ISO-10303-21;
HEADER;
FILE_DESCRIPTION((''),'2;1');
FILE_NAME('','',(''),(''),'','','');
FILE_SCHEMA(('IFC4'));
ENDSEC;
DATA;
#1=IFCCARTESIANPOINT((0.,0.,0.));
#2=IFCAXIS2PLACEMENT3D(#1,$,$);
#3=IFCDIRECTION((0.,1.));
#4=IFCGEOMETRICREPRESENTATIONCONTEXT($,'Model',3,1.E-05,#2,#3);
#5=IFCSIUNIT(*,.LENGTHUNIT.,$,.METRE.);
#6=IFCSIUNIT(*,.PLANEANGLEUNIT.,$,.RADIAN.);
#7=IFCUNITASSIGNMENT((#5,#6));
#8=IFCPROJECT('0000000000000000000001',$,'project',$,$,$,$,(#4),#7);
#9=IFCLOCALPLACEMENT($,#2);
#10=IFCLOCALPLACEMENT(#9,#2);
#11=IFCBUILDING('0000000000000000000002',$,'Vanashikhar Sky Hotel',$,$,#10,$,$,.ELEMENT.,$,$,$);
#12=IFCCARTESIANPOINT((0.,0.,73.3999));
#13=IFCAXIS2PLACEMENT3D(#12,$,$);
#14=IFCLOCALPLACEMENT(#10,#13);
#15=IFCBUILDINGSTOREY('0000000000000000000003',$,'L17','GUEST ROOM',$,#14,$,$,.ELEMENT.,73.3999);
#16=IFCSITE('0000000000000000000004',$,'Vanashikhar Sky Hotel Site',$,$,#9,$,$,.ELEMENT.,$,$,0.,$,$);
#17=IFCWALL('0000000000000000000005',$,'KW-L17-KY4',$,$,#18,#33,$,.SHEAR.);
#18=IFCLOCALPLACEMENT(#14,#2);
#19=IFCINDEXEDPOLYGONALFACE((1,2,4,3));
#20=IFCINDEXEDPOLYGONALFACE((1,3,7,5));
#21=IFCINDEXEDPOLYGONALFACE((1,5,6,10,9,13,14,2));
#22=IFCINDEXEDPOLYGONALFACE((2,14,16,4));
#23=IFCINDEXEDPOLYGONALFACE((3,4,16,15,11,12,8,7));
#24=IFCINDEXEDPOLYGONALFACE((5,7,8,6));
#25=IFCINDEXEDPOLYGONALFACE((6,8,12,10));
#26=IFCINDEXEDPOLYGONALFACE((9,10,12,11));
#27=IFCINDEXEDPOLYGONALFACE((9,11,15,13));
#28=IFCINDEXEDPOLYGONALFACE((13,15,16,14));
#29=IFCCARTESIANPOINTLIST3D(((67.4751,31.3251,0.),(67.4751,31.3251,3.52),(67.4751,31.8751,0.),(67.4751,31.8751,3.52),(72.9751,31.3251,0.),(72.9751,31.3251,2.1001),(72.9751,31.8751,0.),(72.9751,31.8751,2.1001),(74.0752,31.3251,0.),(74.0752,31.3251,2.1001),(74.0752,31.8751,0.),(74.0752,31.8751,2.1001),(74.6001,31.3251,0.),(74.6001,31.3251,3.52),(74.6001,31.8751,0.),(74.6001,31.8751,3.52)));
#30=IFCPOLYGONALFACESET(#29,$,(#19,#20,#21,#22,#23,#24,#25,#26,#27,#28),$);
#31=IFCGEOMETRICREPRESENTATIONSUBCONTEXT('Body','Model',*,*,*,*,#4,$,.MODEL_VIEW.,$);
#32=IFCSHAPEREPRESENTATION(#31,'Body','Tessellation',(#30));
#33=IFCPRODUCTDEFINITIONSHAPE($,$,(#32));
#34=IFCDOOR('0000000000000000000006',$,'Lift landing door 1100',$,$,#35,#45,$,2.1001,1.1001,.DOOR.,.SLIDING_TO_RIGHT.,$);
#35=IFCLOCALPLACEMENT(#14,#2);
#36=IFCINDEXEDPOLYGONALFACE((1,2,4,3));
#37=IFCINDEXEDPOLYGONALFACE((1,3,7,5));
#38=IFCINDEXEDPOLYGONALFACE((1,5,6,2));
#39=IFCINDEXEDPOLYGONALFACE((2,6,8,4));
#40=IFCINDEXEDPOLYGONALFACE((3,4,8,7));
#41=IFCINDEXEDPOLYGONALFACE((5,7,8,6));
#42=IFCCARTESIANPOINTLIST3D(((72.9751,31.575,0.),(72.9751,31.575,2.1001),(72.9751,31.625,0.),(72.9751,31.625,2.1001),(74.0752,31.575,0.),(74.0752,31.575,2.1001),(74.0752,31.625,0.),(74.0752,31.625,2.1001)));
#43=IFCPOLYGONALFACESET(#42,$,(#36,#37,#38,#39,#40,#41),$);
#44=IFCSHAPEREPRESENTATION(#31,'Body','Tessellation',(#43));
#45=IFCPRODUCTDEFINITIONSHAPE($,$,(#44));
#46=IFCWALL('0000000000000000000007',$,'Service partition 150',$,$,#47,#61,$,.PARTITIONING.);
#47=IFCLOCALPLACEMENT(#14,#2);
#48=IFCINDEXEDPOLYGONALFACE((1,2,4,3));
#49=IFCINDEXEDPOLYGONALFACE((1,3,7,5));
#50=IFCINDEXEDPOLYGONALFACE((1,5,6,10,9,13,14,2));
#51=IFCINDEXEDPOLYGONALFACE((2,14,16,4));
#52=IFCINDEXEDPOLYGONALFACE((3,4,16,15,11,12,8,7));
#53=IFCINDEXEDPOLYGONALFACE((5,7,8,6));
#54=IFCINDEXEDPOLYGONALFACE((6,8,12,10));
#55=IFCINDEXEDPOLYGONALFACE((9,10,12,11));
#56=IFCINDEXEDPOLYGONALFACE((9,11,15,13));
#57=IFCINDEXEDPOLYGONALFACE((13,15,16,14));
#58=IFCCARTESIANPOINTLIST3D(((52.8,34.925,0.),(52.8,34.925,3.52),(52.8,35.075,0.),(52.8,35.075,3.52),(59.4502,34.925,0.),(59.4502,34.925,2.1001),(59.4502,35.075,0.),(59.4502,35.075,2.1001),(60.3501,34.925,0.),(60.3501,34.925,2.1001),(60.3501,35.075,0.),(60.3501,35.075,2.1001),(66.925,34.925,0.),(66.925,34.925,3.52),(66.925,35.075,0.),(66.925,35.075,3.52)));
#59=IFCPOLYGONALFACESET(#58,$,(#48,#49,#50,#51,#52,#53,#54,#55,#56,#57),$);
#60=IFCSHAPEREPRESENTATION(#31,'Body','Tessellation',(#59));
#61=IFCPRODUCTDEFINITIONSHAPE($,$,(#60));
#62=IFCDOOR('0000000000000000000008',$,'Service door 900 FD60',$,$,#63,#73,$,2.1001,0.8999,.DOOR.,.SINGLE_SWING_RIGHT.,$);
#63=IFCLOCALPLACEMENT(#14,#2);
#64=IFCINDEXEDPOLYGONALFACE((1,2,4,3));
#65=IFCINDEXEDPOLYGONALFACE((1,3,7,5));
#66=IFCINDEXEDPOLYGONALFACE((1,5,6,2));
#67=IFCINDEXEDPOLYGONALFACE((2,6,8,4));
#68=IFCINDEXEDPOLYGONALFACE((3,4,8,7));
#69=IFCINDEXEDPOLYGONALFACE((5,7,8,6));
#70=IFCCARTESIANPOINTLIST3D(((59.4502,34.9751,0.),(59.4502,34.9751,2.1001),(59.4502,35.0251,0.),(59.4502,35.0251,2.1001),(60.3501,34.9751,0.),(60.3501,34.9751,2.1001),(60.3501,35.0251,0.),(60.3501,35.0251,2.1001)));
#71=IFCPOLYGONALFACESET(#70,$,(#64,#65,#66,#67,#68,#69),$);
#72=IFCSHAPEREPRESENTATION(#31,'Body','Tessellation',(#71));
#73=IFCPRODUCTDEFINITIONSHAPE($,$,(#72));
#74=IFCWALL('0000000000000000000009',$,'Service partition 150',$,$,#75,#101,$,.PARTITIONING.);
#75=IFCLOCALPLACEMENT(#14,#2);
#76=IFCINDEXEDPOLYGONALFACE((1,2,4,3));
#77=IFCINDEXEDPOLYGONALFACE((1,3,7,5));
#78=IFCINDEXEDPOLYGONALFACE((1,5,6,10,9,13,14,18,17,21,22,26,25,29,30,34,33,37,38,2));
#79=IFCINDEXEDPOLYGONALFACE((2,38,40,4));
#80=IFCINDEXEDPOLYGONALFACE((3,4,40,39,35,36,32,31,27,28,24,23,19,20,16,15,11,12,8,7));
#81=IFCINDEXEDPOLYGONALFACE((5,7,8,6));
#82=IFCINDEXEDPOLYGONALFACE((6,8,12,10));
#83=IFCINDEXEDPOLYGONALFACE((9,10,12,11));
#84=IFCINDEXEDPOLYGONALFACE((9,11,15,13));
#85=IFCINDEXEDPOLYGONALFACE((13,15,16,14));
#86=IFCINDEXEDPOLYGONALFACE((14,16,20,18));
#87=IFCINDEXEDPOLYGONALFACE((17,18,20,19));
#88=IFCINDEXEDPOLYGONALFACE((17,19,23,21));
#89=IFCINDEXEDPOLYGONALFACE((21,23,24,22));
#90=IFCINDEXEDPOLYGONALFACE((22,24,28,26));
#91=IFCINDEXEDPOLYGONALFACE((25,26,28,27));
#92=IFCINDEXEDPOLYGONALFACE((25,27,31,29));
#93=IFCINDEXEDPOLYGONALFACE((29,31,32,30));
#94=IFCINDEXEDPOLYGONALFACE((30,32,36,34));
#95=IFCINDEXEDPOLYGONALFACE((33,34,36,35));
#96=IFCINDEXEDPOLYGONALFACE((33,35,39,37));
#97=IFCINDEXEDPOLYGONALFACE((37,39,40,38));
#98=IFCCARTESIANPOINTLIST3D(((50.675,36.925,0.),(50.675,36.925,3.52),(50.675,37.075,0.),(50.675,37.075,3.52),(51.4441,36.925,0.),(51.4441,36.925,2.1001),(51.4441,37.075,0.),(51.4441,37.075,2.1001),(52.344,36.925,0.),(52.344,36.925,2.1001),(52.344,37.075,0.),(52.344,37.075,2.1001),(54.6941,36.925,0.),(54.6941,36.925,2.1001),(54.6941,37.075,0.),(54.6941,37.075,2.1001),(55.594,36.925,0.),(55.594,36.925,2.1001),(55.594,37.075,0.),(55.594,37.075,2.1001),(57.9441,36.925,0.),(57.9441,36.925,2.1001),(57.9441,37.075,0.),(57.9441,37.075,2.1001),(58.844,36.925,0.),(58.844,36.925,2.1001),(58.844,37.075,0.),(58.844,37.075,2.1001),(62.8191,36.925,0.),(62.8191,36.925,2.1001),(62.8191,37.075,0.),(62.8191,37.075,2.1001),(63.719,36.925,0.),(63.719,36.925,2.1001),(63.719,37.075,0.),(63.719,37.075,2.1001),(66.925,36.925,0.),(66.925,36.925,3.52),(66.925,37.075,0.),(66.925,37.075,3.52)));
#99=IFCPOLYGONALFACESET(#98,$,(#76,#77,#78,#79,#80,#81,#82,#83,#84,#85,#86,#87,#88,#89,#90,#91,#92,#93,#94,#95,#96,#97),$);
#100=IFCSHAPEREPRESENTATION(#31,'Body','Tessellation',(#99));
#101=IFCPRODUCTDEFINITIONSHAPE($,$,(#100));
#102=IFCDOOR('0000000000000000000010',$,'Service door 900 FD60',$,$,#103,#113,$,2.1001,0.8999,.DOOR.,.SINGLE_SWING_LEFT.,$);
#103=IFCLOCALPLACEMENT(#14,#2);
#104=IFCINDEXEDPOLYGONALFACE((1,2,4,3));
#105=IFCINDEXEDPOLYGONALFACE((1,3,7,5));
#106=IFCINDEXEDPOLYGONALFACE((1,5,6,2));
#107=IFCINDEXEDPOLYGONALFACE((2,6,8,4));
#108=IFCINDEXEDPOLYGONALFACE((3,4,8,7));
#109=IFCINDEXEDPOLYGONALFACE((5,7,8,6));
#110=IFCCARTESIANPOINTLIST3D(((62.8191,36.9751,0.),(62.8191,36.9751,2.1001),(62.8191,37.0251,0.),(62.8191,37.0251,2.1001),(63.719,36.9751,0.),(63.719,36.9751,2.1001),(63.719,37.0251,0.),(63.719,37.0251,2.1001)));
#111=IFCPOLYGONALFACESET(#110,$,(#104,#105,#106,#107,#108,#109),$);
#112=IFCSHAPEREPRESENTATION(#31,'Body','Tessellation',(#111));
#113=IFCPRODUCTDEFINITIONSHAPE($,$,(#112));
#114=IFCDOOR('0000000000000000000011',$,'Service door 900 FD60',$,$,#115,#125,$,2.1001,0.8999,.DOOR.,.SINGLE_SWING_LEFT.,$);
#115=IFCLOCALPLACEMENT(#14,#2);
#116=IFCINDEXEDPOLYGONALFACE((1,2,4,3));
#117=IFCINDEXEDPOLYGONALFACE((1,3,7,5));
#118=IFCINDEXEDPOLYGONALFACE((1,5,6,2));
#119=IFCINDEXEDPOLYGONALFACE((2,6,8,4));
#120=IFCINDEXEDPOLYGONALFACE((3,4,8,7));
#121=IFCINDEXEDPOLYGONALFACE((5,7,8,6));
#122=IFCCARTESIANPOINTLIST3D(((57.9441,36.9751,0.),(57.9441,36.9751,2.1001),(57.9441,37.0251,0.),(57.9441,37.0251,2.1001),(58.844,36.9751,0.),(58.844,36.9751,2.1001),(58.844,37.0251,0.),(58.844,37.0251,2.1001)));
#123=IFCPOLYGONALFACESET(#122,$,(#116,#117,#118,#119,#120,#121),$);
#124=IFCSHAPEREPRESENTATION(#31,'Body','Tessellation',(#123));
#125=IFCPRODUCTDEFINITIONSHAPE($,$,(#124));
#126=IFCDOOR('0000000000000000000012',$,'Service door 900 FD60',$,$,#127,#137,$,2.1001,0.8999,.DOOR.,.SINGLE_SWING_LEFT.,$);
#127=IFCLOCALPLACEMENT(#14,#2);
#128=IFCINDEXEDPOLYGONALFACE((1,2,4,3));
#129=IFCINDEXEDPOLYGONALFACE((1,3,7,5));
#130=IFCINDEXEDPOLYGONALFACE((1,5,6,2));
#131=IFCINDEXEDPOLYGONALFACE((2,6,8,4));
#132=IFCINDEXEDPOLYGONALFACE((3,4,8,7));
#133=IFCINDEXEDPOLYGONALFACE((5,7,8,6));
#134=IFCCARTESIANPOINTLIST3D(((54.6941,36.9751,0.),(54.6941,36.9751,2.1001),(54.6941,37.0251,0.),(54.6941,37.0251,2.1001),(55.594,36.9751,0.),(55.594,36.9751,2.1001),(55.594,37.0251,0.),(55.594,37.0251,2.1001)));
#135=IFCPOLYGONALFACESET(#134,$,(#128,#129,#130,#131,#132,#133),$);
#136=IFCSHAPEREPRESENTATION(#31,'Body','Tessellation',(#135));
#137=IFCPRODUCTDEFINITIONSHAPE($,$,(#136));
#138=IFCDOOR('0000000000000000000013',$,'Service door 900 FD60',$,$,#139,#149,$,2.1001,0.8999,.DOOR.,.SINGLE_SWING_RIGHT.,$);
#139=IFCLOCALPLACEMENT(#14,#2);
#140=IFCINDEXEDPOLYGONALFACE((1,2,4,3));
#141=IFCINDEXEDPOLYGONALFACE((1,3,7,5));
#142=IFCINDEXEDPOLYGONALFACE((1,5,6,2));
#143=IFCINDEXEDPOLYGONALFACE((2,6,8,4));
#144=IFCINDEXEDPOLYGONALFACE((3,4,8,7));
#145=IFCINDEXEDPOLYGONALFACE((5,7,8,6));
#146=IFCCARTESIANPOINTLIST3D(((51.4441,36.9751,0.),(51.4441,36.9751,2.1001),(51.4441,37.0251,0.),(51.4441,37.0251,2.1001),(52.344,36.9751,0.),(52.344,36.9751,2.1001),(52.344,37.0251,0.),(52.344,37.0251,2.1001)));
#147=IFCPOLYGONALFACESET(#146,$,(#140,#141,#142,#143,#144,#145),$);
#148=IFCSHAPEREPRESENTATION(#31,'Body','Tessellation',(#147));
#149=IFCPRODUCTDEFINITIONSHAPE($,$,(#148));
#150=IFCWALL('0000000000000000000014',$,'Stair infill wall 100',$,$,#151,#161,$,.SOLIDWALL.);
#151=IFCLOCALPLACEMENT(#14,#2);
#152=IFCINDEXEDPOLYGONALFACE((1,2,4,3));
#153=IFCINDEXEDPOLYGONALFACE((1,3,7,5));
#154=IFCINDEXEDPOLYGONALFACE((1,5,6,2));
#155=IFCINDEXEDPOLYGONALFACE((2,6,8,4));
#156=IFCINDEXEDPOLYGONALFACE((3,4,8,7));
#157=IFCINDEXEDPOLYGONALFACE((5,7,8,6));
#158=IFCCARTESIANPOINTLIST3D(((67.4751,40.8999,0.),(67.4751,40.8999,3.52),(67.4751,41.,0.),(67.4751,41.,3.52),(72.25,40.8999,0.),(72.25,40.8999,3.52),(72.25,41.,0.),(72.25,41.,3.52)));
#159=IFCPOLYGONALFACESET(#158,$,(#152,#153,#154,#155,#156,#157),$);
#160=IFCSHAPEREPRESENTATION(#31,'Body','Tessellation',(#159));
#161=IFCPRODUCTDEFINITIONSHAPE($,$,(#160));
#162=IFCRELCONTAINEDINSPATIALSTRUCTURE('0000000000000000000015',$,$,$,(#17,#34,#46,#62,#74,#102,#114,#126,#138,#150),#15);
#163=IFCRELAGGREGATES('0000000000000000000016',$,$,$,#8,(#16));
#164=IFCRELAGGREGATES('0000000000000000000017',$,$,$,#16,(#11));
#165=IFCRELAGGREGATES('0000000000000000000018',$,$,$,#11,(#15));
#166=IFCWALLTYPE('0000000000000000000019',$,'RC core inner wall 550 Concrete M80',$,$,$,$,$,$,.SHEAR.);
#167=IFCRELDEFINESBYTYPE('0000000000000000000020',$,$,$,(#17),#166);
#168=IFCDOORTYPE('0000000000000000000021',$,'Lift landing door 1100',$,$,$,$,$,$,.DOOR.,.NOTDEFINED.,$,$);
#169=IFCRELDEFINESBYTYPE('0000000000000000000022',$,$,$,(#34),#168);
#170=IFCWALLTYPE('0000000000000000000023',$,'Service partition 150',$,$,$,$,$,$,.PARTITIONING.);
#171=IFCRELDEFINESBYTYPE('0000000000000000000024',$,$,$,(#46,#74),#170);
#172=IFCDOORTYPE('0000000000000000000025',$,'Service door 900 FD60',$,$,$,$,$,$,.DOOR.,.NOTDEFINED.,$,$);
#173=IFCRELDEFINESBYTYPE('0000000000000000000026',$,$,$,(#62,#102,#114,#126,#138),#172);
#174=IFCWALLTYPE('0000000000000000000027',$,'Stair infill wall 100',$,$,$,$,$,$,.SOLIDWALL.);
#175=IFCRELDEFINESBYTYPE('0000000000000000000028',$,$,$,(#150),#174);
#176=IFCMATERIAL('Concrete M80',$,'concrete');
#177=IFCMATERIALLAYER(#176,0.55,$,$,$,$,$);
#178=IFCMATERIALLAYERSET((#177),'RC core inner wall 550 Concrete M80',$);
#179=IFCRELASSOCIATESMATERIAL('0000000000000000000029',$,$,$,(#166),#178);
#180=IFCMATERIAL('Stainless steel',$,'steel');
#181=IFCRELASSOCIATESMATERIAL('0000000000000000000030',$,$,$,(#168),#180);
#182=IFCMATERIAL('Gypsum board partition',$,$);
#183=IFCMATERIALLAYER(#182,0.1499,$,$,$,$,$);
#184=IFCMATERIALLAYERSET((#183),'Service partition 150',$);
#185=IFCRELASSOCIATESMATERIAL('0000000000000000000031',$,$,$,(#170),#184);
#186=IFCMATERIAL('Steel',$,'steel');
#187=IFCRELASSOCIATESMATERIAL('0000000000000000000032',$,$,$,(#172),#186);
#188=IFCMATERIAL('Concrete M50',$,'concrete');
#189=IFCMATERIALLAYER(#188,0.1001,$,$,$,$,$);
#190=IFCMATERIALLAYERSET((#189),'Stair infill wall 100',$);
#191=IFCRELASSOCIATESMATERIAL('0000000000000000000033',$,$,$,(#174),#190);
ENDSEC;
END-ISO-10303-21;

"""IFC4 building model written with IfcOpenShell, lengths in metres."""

from ifc_helpers import new_model, si_unit, direction, frame, frame_2d, origin, place, context, subcontext, project, spatial, rectangle, extrude, source, transform, mapped, material, layer, layer_set, type_object, element, fill, save


model = new_model("IFC4")

# Units and contexts
model_context = context("Model", 3, precision=1e-05, world=origin(), true_north=direction((0.0, 1.0)))
body_context = subcontext(model_context, "Body", "Model", "MODEL_VIEW")
ifc_project = project(units=[si_unit("LENGTHUNIT", "METRE"), si_unit("PLANEANGLEUNIT", "RADIAN")], contexts=[model_context])

# Site, building, storey
site_placement = place(None, origin())
site = spatial("IfcSite", under=ifc_project, at=site_placement, Name="Vanashikhar Sky Hotel Site", CompositionType="ELEMENT", RefElevation=0.0)
building_placement = place(site_placement, origin())
building = spatial("IfcBuilding", under=site, at=building_placement, Name="Vanashikhar Sky Hotel", CompositionType="ELEMENT")
storey_placement = place(building_placement, frame((0.0, 0.0, 73.3999)))
storey = spatial("IfcBuildingStorey", under=building, at=storey_placement, Name="L17", Description="GUEST ROOM", CompositionType="ELEMENT", Elevation=73.3999)

# Walls, openings, doors
ifc_material_1 = material(Name="Concrete M80", Category="concrete")
ifc_layer_1 = layer(ifc_material_1, 0.55)
ifc_layer_set_1 = layer_set([ifc_layer_1], Name="RC core inner wall 550 Concrete M80")
wall_type_1 = type_object("IfcWallType", Name="RC core inner wall 550 Concrete M80", PredefinedType="SHEAR", material=ifc_layer_set_1)
shared_shape_1 = source(origin(), body_context, "Body", "SweptSolid", [
    extrude(rectangle(XDim=7.125, YDim=0.55, at=frame_2d((3.5625, 0.0))), origin(), (0.0, 0.0, 1.0), 3.52),
])
wall_1_placement = place(storey_placement, frame((67.4751, 31.6001, 0.0), z_axis=(0.0, 0.0, 1.0), x_axis=(1.0, 0.0, 0.0)))
wall_1 = element("IfcWall", 1, at=wall_1_placement, inside=storey, type_object=wall_type_1, Name="KW-L17-KY4", PredefinedType="SHEAR", context=body_context, shape_type="MappedRepresentation", body=[
    mapped(shared_shape_1, transform((0.0, 0.0, 0.0), scale=1.0)),
])
shared_shape_2 = source(origin(), body_context, "Body", "SweptSolid", [
    extrude(rectangle(XDim=1.1001, YDim=2.1001, at=frame_2d((0.55, 1.05))), frame((0.0, 0.2852, 0.0), z_axis=(0.0, -1.0, 0.0), x_axis=(1.0, 0.0, 0.0)), (0.0, 0.0, 1.0), 0.5701),
])
opening_1_placement = place(wall_1_placement, frame((5.5, 0.0, 0.0)))
opening_1 = element("IfcOpeningElement", 2, at=opening_1_placement, cuts=wall_1, PredefinedType="OPENING", context=body_context, shape_type="MappedRepresentation", body=[
    mapped(shared_shape_2, transform((0.0, 0.0, 0.0), scale=1.0)),
])
ifc_material_2 = material(Name="Stainless steel", Category="steel")
door_type_1 = type_object("IfcDoorType", Name="Lift landing door 1100", OperationType="NOTDEFINED", PredefinedType="DOOR", material=ifc_material_2)
shared_shape_3 = source(origin(), body_context, "Body", "SweptSolid", [
    extrude(rectangle(XDim=1.1001, YDim=2.1001, at=frame_2d((0.55, 1.05))), frame((0.0, 0.0249, 0.0), z_axis=(0.0, -1.0, 0.0), x_axis=(1.0, 0.0, 0.0)), (0.0, 0.0, 1.0), 0.05),
])
door_1_placement = place(opening_1_placement, origin())
door_1 = element("IfcDoor", 3, at=door_1_placement, inside=storey, type_object=door_type_1, Name="Lift landing door 1100", OperationType="SLIDING_TO_RIGHT", OverallHeight=2.1001, OverallWidth=1.1001, PredefinedType="DOOR", context=body_context, shape_type="MappedRepresentation", body=[
    mapped(shared_shape_3, transform((0.0, 0.0, 0.0), scale=1.0)),
])
fill(opening_1, door_1)
ifc_material_3 = material(Name="Gypsum board partition")
ifc_layer_2 = layer(ifc_material_3, 0.1499)
ifc_layer_set_2 = layer_set([ifc_layer_2], Name="Service partition 150")
wall_type_2 = type_object("IfcWallType", Name="Service partition 150", PredefinedType="PARTITIONING", material=ifc_layer_set_2)
shared_shape_4 = source(origin(), body_context, "Body", "SweptSolid", [
    extrude(rectangle(XDim=14.125, YDim=0.1499, at=frame_2d((7.0625, 0.0))), origin(), (0.0, 0.0, 1.0), 3.52),
])
wall_2_placement = place(storey_placement, frame((66.925, 35.0, 0.0), z_axis=(0.0, 0.0, 1.0), x_axis=(-1.0, 0.0, 0.0)))
wall_2 = element("IfcWall", 4, at=wall_2_placement, inside=storey, type_object=wall_type_2, Name="Service partition 150", PredefinedType="PARTITIONING", context=body_context, shape_type="MappedRepresentation", body=[
    mapped(shared_shape_4, transform((0.0, 0.0, 0.0), scale=1.0)),
])
shared_shape_5 = source(origin(), body_context, "Body", "SweptSolid", [
    extrude(rectangle(XDim=0.8999, YDim=2.1001, at=frame_2d((0.45, 1.05))), frame((0.0, 0.085, 0.0), z_axis=(0.0, -1.0, 0.0), x_axis=(1.0, 0.0, 0.0)), (0.0, 0.0, 1.0), 0.1699),
])
opening_2_placement = place(wall_2_placement, frame((6.575, 0.0, 0.0)))
opening_2 = element("IfcOpeningElement", 5, at=opening_2_placement, cuts=wall_2, PredefinedType="OPENING", context=body_context, shape_type="MappedRepresentation", body=[
    mapped(shared_shape_5, transform((0.0, 0.0, 0.0), scale=1.0)),
])
ifc_material_4 = material(Name="Steel", Category="steel")
door_type_2 = type_object("IfcDoorType", Name="Service door 900 FD60", OperationType="NOTDEFINED", PredefinedType="DOOR", material=ifc_material_4)
shared_shape_6 = source(origin(), body_context, "Body", "SweptSolid", [
    extrude(rectangle(XDim=0.8999, YDim=2.1001, at=frame_2d((0.45, 1.05))), frame((0.0, 0.0249, 0.0), z_axis=(0.0, -1.0, 0.0), x_axis=(1.0, 0.0, 0.0)), (0.0, 0.0, 1.0), 0.05),
])
door_2_placement = place(opening_2_placement, origin())
door_2 = element("IfcDoor", 6, at=door_2_placement, inside=storey, type_object=door_type_2, Name="Service door 900 FD60", OperationType="SINGLE_SWING_RIGHT", OverallHeight=2.1001, OverallWidth=0.8999, PredefinedType="DOOR", context=body_context, shape_type="MappedRepresentation", body=[
    mapped(shared_shape_6, transform((0.0, 0.0, 0.0), scale=1.0)),
])
fill(opening_2, door_2)

# Wall, openings, doors
shared_shape_7 = source(origin(), body_context, "Body", "SweptSolid", [
    extrude(rectangle(XDim=16.25, YDim=0.1499, at=frame_2d((8.125, 0.0))), origin(), (0.0, 0.0, 1.0), 3.52),
])
wall_3_placement = place(storey_placement, frame((66.925, 37.0, 0.0), z_axis=(0.0, 0.0, 1.0), x_axis=(-1.0, 0.0, 0.0)))
wall_3 = element("IfcWall", 7, at=wall_3_placement, inside=storey, type_object=wall_type_2, Name="Service partition 150", PredefinedType="PARTITIONING", context=body_context, shape_type="MappedRepresentation", body=[
    mapped(shared_shape_7, transform((0.0, 0.0, 0.0), scale=1.0)),
])
opening_3_placement = place(wall_3_placement, frame((3.2061, 0.0, 0.0)))
opening_3 = element("IfcOpeningElement", 8, at=opening_3_placement, cuts=wall_3, PredefinedType="OPENING", context=body_context, shape_type="MappedRepresentation", body=[
    mapped(shared_shape_5, transform((0.0, 0.0, 0.0), scale=1.0)),
])
opening_4_placement = place(wall_3_placement, frame((8.0811, 0.0, 0.0)))
opening_4 = element("IfcOpeningElement", 9, at=opening_4_placement, cuts=wall_3, PredefinedType="OPENING", context=body_context, shape_type="MappedRepresentation", body=[
    mapped(shared_shape_5, transform((0.0, 0.0, 0.0), scale=1.0)),
])
opening_5_placement = place(wall_3_placement, frame((11.3311, 0.0, 0.0)))
opening_5 = element("IfcOpeningElement", 10, at=opening_5_placement, cuts=wall_3, PredefinedType="OPENING", context=body_context, shape_type="MappedRepresentation", body=[
    mapped(shared_shape_5, transform((0.0, 0.0, 0.0), scale=1.0)),
])
opening_6_placement = place(wall_3_placement, frame((14.5811, 0.0, 0.0)))
opening_6 = element("IfcOpeningElement", 11, at=opening_6_placement, cuts=wall_3, PredefinedType="OPENING", context=body_context, shape_type="MappedRepresentation", body=[
    mapped(shared_shape_5, transform((0.0, 0.0, 0.0), scale=1.0)),
])
door_3_placement = place(opening_3_placement, origin())
door_3 = element("IfcDoor", 12, at=door_3_placement, inside=storey, type_object=door_type_2, Name="Service door 900 FD60", OperationType="SINGLE_SWING_LEFT", OverallHeight=2.1001, OverallWidth=0.8999, PredefinedType="DOOR", context=body_context, shape_type="MappedRepresentation", body=[
    mapped(shared_shape_6, transform((0.0, 0.0, 0.0), scale=1.0)),
])
fill(opening_3, door_3)
door_4_placement = place(opening_4_placement, origin())
door_4 = element("IfcDoor", 13, at=door_4_placement, inside=storey, type_object=door_type_2, Name="Service door 900 FD60", OperationType="SINGLE_SWING_LEFT", OverallHeight=2.1001, OverallWidth=0.8999, PredefinedType="DOOR", context=body_context, shape_type="MappedRepresentation", body=[
    mapped(shared_shape_6, transform((0.0, 0.0, 0.0), scale=1.0)),
])
fill(opening_4, door_4)
door_5_placement = place(opening_5_placement, origin())
door_5 = element("IfcDoor", 14, at=door_5_placement, inside=storey, type_object=door_type_2, Name="Service door 900 FD60", OperationType="SINGLE_SWING_LEFT", OverallHeight=2.1001, OverallWidth=0.8999, PredefinedType="DOOR", context=body_context, shape_type="MappedRepresentation", body=[
    mapped(shared_shape_6, transform((0.0, 0.0, 0.0), scale=1.0)),
])
fill(opening_5, door_5)
door_6_placement = place(opening_6_placement, origin())
door_6 = element("IfcDoor", 15, at=door_6_placement, inside=storey, type_object=door_type_2, Name="Service door 900 FD60", OperationType="SINGLE_SWING_RIGHT", OverallHeight=2.1001, OverallWidth=0.8999, PredefinedType="DOOR", context=body_context, shape_type="MappedRepresentation", body=[
    mapped(shared_shape_6, transform((0.0, 0.0, 0.0), scale=1.0)),
])
fill(opening_6, door_6)

# Wall
ifc_material_5 = material(Name="Concrete M50", Category="concrete")
ifc_layer_3 = layer(ifc_material_5, 0.1001)
ifc_layer_set_3 = layer_set([ifc_layer_3], Name="Stair infill wall 100")
wall_type_3 = type_object("IfcWallType", Name="Stair infill wall 100", PredefinedType="SOLIDWALL", material=ifc_layer_set_3)
shared_shape_8 = source(origin(), body_context, "Body", "SweptSolid", [
    extrude(rectangle(XDim=4.7749, YDim=0.1001, at=frame_2d((2.3875, 0.0))), origin(), (0.0, 0.0, 1.0), 3.52),
])
wall_4_placement = place(storey_placement, frame((67.4751, 40.95, 0.0), z_axis=(0.0, 0.0, 1.0), x_axis=(1.0, 0.0, 0.0)))
element("IfcWall", 16, at=wall_4_placement, inside=storey, type_object=wall_type_3, Name="Stair infill wall 100", PredefinedType="SOLIDWALL", context=body_context, shape_type="MappedRepresentation", body=[
    mapped(shared_shape_8, transform((0.0, 0.0, 0.0), scale=1.0)),
])

save(model, "model.ifc")
